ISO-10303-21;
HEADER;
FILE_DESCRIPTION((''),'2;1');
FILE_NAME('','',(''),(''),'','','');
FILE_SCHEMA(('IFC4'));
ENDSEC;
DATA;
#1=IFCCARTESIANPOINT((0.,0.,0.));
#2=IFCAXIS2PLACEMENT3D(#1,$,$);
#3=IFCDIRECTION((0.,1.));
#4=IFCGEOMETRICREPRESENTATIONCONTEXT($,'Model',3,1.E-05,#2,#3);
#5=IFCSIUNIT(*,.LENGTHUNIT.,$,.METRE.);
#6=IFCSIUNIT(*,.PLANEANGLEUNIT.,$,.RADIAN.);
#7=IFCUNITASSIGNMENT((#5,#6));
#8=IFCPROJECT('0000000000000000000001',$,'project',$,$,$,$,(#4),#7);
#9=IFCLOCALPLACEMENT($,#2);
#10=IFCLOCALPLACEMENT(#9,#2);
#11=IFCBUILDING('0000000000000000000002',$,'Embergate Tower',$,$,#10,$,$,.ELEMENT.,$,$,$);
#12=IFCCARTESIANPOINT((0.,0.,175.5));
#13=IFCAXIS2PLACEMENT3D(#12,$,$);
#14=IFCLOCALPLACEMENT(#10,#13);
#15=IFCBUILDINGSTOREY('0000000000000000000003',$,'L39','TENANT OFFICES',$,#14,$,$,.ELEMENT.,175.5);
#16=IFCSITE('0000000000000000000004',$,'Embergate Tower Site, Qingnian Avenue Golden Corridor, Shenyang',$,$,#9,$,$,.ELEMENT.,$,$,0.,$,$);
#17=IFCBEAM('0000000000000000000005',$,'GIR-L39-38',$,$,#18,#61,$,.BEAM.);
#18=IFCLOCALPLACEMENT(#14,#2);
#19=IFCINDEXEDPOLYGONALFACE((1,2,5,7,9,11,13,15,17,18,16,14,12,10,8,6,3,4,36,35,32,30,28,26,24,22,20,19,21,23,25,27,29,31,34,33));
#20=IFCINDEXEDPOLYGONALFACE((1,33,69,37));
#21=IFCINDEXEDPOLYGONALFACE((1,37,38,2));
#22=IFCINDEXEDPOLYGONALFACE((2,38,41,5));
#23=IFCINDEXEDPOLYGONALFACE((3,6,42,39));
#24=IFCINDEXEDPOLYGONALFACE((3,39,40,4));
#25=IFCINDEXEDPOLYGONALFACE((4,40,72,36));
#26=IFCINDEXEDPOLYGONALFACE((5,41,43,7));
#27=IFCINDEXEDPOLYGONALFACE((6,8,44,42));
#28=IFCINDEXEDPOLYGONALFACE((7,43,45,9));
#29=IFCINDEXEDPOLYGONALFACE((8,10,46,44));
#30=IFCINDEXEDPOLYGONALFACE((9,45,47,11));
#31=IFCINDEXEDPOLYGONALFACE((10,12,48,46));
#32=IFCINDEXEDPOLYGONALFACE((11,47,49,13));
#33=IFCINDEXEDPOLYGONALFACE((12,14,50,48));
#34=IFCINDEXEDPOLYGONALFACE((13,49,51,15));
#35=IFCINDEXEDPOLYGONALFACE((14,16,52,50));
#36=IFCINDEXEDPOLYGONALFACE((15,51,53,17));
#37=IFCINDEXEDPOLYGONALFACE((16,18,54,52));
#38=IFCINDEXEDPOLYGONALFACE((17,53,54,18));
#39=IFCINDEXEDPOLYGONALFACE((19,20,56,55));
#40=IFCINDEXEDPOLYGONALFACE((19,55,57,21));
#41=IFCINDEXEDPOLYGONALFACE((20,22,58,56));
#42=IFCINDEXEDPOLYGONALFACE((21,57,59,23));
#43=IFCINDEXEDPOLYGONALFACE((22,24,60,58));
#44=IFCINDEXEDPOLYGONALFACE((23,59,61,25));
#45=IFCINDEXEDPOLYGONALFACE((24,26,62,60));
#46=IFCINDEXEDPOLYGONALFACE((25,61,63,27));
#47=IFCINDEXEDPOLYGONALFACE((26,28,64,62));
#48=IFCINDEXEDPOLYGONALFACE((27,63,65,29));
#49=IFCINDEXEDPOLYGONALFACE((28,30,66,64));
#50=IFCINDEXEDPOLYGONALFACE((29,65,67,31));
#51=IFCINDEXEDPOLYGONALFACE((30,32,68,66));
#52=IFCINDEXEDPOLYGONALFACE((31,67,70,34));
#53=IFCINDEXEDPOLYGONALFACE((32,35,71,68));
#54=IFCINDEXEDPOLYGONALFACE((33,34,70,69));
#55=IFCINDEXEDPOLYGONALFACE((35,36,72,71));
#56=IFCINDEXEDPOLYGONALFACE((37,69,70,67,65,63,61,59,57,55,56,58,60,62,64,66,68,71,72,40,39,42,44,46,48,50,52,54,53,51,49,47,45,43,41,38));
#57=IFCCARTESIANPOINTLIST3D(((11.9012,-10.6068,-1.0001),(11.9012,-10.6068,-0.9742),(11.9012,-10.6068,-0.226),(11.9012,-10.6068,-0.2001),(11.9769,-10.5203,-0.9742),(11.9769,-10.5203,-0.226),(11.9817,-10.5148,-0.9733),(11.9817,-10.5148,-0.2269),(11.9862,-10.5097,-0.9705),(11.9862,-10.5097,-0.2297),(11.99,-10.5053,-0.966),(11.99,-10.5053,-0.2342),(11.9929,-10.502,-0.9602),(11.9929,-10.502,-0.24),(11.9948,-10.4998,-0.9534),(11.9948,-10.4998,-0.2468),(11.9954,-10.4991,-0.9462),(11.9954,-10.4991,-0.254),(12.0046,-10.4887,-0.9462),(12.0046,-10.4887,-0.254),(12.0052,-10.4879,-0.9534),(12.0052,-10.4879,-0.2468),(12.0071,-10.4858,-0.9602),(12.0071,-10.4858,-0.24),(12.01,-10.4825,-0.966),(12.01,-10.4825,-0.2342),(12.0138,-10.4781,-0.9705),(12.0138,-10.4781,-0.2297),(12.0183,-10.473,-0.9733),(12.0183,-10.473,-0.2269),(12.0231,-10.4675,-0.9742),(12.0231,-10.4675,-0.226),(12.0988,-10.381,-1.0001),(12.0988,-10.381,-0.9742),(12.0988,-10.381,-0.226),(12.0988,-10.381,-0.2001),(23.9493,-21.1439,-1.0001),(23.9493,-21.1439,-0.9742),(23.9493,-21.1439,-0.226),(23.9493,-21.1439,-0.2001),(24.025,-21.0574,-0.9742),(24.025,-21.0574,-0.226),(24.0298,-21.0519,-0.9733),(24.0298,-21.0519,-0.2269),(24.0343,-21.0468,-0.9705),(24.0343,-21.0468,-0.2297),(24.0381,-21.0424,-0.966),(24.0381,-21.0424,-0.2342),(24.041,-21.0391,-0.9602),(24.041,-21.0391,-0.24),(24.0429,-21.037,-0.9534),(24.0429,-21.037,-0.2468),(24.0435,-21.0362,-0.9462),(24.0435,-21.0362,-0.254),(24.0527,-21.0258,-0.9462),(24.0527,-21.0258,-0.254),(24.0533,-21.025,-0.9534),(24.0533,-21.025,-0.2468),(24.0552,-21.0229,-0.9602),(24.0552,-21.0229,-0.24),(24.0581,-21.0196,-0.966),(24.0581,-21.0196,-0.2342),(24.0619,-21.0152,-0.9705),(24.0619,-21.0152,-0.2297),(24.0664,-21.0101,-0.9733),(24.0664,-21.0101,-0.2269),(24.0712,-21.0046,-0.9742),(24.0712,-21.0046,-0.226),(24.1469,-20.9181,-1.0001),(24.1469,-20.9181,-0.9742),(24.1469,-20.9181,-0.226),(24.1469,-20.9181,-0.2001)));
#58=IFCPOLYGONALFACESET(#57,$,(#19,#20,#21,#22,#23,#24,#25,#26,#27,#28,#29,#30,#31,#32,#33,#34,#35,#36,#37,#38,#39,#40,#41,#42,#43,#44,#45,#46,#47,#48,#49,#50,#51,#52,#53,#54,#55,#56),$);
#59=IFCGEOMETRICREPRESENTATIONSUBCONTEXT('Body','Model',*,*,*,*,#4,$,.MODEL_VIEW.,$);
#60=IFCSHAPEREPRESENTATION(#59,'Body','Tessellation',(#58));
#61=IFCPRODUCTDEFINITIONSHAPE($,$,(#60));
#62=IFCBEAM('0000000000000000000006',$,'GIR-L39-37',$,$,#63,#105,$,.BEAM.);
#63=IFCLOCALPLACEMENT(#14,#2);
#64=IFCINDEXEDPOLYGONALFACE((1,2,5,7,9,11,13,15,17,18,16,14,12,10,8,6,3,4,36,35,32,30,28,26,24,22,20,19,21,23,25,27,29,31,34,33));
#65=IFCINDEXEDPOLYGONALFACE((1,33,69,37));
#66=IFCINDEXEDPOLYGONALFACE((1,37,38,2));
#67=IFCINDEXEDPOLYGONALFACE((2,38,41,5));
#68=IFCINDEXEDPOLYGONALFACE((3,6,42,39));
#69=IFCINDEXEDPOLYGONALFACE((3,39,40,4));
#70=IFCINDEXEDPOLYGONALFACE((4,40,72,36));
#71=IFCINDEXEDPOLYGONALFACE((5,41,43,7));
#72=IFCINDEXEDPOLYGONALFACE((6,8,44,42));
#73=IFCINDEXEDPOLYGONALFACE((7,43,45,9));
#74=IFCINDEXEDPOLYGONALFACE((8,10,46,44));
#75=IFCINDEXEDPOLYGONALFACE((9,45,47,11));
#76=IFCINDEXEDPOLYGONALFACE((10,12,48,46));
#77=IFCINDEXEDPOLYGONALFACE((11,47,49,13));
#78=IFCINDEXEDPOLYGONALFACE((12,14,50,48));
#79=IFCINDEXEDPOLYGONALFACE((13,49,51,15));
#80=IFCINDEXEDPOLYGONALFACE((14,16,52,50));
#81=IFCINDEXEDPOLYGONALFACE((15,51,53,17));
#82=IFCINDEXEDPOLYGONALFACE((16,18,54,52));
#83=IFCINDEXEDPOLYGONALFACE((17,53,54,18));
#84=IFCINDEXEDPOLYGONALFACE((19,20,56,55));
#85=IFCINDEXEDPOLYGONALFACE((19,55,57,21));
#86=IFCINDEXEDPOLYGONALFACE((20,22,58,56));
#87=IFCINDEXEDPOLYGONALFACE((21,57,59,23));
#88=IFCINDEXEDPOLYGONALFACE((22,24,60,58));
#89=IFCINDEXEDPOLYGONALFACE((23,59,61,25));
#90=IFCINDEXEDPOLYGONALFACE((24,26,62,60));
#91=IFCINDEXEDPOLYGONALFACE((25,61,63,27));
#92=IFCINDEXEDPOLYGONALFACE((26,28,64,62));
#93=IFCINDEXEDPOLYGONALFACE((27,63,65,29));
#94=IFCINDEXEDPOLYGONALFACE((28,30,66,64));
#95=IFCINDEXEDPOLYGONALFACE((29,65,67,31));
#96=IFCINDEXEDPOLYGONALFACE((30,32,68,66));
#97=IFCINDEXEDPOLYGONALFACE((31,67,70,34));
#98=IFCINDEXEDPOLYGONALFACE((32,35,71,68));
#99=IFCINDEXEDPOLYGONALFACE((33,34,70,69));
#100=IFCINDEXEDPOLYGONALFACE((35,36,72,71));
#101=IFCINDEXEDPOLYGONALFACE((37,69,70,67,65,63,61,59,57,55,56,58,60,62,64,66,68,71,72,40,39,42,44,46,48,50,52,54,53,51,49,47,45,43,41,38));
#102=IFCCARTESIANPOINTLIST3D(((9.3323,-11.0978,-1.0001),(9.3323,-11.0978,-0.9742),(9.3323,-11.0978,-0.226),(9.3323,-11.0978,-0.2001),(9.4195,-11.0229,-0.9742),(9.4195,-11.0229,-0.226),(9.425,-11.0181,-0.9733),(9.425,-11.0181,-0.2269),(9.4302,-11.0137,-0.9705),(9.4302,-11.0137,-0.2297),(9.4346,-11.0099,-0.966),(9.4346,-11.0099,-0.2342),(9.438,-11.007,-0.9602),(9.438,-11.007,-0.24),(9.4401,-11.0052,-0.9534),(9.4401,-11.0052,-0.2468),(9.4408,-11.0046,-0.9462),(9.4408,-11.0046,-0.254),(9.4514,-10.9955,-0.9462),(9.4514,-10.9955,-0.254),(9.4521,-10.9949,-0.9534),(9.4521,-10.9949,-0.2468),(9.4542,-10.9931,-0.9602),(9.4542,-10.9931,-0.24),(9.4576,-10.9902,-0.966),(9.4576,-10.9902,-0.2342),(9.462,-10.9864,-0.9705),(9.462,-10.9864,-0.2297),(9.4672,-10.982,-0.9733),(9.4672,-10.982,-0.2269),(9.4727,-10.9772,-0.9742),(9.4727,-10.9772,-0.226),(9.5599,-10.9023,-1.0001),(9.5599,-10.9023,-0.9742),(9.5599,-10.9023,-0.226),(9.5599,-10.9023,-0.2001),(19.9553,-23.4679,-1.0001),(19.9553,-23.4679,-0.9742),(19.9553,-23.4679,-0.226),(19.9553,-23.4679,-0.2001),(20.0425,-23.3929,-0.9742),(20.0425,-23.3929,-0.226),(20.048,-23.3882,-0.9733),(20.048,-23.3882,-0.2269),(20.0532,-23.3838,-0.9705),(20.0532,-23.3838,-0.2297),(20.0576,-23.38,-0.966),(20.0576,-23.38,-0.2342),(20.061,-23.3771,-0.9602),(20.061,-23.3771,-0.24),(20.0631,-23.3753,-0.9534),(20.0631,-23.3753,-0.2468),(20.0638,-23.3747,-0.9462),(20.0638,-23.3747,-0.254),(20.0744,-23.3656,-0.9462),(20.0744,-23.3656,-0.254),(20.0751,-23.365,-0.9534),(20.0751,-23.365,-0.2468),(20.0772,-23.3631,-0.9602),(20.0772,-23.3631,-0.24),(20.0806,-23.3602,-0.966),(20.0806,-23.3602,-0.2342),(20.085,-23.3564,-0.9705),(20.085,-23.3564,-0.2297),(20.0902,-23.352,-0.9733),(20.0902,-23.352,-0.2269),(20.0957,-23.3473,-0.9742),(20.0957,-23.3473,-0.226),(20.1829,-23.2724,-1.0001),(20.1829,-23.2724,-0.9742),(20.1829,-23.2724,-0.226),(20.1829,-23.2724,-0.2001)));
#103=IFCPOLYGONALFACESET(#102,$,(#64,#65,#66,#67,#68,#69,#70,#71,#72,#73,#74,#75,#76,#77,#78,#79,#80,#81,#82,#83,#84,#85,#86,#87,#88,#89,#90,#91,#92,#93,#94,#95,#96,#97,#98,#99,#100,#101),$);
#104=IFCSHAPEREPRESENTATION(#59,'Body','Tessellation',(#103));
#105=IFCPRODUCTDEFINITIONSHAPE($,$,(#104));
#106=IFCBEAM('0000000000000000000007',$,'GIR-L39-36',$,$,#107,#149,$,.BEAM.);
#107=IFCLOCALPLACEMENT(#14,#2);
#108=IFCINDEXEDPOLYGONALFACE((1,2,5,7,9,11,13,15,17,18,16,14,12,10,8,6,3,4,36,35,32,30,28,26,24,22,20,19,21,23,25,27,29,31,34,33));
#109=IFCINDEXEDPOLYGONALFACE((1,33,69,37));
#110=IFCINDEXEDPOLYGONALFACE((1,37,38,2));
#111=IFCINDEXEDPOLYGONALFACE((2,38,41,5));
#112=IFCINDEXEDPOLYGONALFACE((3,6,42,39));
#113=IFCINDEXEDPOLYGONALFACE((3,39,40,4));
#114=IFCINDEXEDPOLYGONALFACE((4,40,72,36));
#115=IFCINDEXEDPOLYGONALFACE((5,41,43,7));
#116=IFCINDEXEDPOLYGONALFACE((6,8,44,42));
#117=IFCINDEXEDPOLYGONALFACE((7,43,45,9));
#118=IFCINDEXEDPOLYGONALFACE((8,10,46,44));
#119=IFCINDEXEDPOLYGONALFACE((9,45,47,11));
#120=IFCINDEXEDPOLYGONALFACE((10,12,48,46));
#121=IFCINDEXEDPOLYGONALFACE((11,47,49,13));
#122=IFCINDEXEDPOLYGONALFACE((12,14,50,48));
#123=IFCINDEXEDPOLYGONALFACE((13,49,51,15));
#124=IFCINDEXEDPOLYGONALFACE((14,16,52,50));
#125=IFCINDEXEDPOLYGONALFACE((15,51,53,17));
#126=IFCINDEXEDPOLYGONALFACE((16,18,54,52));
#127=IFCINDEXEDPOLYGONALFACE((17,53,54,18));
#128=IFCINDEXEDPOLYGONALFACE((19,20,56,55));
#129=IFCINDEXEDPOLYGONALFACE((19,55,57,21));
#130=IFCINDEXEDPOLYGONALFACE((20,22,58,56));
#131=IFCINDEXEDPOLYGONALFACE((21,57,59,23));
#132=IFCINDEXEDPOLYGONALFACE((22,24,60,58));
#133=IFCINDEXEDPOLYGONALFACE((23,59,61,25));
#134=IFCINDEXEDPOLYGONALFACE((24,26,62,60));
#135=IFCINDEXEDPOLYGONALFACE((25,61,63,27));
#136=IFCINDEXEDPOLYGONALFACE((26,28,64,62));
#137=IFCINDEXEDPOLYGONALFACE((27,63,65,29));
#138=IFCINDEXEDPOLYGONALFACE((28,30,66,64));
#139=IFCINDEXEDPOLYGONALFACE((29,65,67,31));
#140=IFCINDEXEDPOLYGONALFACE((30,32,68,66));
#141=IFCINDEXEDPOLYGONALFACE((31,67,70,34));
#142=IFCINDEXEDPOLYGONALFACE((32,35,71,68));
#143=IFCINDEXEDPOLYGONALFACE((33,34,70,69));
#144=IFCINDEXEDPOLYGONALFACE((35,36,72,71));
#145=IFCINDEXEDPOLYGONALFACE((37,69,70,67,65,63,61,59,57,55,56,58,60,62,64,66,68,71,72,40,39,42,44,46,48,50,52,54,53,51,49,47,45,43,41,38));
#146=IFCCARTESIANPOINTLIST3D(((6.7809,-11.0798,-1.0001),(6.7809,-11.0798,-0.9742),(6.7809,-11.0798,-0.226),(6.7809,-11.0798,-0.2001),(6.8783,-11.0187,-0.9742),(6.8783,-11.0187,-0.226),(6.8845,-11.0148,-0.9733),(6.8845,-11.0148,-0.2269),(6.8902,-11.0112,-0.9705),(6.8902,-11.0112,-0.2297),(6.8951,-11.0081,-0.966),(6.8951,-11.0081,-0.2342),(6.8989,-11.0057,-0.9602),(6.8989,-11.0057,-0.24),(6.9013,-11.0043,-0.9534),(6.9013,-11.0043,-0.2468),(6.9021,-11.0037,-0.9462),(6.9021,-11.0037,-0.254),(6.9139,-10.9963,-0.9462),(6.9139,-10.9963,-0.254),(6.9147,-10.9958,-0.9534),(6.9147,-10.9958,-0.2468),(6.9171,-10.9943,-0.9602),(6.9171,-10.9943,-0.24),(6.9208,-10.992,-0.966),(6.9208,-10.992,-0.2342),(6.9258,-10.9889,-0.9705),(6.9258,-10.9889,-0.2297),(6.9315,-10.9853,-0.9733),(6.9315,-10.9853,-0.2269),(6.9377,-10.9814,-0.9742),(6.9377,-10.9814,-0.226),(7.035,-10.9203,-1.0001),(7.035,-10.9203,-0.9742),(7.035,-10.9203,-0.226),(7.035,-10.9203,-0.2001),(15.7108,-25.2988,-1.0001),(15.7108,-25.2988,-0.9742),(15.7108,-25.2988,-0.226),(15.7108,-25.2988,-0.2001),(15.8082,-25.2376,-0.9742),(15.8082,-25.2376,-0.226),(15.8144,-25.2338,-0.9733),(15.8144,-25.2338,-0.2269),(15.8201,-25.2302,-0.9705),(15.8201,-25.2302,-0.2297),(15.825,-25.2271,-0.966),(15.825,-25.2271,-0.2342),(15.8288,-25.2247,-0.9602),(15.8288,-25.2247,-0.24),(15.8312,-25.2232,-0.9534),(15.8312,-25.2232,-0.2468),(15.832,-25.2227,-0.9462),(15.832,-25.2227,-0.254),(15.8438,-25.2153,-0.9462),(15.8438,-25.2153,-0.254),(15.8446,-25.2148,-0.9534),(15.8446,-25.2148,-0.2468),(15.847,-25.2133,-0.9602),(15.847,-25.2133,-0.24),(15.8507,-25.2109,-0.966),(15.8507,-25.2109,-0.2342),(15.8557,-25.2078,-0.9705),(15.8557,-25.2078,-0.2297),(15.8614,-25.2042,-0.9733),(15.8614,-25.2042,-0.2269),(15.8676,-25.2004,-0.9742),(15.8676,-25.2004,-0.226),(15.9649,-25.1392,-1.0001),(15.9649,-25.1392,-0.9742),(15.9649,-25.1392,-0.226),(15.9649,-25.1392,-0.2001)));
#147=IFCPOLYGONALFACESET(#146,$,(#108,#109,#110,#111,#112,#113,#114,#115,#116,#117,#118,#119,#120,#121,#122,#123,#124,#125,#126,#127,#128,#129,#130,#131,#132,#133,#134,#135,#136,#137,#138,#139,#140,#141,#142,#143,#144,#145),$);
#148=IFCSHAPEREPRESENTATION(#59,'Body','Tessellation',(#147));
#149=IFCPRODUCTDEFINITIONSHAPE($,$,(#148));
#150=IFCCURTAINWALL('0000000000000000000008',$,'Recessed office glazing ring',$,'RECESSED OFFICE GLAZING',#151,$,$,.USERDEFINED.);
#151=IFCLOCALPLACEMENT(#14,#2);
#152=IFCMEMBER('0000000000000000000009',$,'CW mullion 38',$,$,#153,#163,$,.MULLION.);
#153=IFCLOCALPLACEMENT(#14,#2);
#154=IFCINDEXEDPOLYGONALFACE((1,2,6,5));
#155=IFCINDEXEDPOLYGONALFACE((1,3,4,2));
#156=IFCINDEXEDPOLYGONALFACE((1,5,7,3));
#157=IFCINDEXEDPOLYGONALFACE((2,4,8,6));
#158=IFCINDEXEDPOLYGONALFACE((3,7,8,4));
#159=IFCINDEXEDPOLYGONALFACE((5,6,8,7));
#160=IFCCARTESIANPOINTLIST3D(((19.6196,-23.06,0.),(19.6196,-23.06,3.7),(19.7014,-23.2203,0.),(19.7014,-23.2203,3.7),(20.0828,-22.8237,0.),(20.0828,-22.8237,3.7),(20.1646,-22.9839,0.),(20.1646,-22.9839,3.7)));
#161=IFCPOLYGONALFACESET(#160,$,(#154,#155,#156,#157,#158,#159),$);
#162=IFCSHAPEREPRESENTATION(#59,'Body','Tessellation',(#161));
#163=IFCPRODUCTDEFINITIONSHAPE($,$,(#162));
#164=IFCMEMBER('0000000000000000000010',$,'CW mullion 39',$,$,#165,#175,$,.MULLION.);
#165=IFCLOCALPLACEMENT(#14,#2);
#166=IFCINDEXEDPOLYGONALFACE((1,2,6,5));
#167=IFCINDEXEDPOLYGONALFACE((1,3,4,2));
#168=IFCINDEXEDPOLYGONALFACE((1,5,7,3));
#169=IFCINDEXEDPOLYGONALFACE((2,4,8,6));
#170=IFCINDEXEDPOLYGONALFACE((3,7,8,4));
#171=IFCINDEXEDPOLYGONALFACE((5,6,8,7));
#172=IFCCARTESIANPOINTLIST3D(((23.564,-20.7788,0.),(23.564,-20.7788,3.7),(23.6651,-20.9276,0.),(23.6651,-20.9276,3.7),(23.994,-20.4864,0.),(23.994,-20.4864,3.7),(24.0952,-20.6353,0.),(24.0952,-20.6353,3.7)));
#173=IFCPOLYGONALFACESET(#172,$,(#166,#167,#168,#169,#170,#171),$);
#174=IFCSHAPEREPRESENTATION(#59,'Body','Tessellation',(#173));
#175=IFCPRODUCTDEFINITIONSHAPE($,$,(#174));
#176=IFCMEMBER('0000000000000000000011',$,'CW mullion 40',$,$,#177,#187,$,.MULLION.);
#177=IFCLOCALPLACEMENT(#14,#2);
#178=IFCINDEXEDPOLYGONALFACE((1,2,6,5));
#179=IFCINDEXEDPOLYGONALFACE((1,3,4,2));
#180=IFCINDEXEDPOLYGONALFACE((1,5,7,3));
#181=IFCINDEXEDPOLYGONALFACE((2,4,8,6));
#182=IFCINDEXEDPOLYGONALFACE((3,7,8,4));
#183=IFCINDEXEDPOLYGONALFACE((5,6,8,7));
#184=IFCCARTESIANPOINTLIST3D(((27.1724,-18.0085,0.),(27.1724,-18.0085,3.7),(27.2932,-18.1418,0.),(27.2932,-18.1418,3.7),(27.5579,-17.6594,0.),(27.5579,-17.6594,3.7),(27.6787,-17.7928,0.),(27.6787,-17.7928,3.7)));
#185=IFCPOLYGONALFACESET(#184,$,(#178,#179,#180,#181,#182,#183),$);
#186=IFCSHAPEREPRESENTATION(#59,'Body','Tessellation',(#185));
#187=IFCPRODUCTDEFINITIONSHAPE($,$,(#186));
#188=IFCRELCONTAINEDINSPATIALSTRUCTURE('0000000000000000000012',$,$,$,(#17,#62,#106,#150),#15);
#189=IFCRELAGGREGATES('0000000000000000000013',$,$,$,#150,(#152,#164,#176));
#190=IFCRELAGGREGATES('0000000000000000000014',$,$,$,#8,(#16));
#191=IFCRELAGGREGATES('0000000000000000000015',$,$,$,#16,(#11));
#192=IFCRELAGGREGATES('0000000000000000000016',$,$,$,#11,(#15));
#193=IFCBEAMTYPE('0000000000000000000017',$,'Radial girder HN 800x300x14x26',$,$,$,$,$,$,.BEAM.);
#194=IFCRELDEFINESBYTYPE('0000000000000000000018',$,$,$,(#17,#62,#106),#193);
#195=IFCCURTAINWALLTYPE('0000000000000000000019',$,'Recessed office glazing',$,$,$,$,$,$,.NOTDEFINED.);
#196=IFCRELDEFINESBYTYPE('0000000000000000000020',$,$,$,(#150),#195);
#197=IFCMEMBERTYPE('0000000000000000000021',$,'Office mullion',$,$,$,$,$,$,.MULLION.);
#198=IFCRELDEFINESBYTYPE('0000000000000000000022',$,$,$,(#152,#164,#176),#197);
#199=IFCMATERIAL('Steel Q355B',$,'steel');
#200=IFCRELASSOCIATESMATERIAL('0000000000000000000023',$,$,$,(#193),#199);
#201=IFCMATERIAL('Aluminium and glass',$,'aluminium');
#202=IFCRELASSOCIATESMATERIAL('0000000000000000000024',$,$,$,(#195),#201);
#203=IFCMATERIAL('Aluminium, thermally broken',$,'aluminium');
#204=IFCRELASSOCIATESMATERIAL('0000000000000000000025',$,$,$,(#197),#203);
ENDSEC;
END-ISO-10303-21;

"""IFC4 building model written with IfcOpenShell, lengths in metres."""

from ifc_helpers import new_model, si_unit, direction, frame, origin, origin_2d, place, context, subcontext, project, spatial, rectangle, i_section, extrude, source, transform, mapped, material, material_profile, profile_set, type_object, element, aggregate, save


model = new_model("IFC4")

# Units and contexts
model_context = context("Model", 3, precision=1e-05, world=origin(), true_north=direction((0.0, 1.0)))
body_context = subcontext(model_context, "Body", "Model", "MODEL_VIEW")
ifc_project = project(units=[si_unit("LENGTHUNIT", "METRE"), si_unit("PLANEANGLEUNIT", "RADIAN")], contexts=[model_context])

# Site, building, storey
site_placement = place(None, origin())
site = spatial("IfcSite", under=ifc_project, at=site_placement, Name="Embergate Tower Site, Qingnian Avenue Golden Corridor, Shenyang", CompositionType="ELEMENT", RefElevation=0.0)
building_placement = place(site_placement, origin())
building = spatial("IfcBuilding", under=site, at=building_placement, Name="Embergate Tower", CompositionType="ELEMENT")
storey_placement = place(building_placement, frame((0.0, 0.0, 175.5)))
storey = spatial("IfcBuildingStorey", under=building, at=storey_placement, Name="L39", Description="TENANT OFFICES", CompositionType="ELEMENT", Elevation=175.5)

# Beams
ifc_material_1 = material(Name="Steel Q355B", Category="steel")
ifc_material_profile_1 = material_profile(ifc_material_1, i_section(OverallWidth=0.3, OverallDepth=0.8, WebThickness=0.0139, FlangeThickness=0.0259, FilletRadius=0.0281, at=origin_2d()), Name="HN 800x300x14x26")
ifc_profile_set_1 = profile_set([ifc_material_profile_1], Name="Steel Q355 grade B")
beam_type_1 = type_object("IfcBeamType", Name="Radial girder HN 800x300x14x26", PredefinedType="BEAM", material=ifc_profile_set_1)
shared_shape_1 = source(origin(), body_context, "Body", "SweptSolid", [
    extrude(i_section(OverallWidth=0.3, OverallDepth=0.8, WebThickness=0.0139, FlangeThickness=0.0259, FilletRadius=0.0281, at=origin_2d()), origin(), (0.0, 0.0, 1.0), 16.0059),
])
beam_1_placement = place(storey_placement, frame((24.0481, -21.031, -0.6001), z_axis=(-0.752731, 0.658329, 0.0), x_axis=(-0.658329, -0.752731, 0.0)))
element("IfcBeam", 1, at=beam_1_placement, inside=storey, type_object=beam_type_1, Name="GIR-L39-38", PredefinedType="BEAM", context=body_context, shape_type="MappedRepresentation", body=[
    mapped(shared_shape_1, transform((0.0, 0.0, 0.0))),
])
shared_shape_2 = source(origin(), body_context, "Body", "SweptSolid", [
    extrude(i_section(OverallWidth=0.3, OverallDepth=0.8, WebThickness=0.0139, FlangeThickness=0.0259, FilletRadius=0.0281, at=origin_2d()), origin(), (0.0, 0.0, 1.0), 16.3054),
])
beam_2_placement = place(storey_placement, frame((20.0691, -23.3701, -0.6001), z_axis=(-0.651501, 0.758647, 0.0), x_axis=(-0.758647, -0.651501, 0.0)))
element("IfcBeam", 2, at=beam_2_placement, inside=storey, type_object=beam_type_1, Name="GIR-L39-37", PredefinedType="BEAM", context=body_context, shape_type="MappedRepresentation", body=[
    mapped(shared_shape_2, transform((0.0, 0.0, 0.0))),
])
shared_shape_3 = source(origin(), body_context, "Body", "SweptSolid", [
    extrude(i_section(OverallWidth=0.3, OverallDepth=0.8, WebThickness=0.0139, FlangeThickness=0.0259, FilletRadius=0.0281, at=origin_2d()), origin(), (0.0, 0.0, 1.0), 16.7905),
])
beam_3_placement = place(storey_placement, frame((15.8379, -25.219, -0.6001), z_axis=(-0.531842, 0.846844, 0.0), x_axis=(-0.846844, -0.531842, 0.0)))
element("IfcBeam", 3, at=beam_3_placement, inside=storey, type_object=beam_type_1, Name="GIR-L39-36", PredefinedType="BEAM", context=body_context, shape_type="MappedRepresentation", body=[
    mapped(shared_shape_3, transform((0.0, 0.0, 0.0))),
])

# Curtain wall, members
ifc_material_2 = material(Name="Aluminium and glass", Category="aluminium")
curtain_wall_type = type_object("IfcCurtainWallType", Name="Recessed office glazing", PredefinedType="NOTDEFINED", material=ifc_material_2)
curtain_wall_placement = place(storey_placement, origin())
curtain_wall = element("IfcCurtainWall", 4, at=curtain_wall_placement, inside=storey, type_object=curtain_wall_type, Name="Recessed office glazing ring", ObjectType="RECESSED OFFICE GLAZING", PredefinedType="USERDEFINED")
ifc_material_3 = material(Name="Aluminium, thermally broken", Category="aluminium")
ifc_material_profile_2 = material_profile(ifc_material_3, rectangle(XDim=0.1799, YDim=0.52, at=origin_2d()), Name="AL 520x180")
ifc_profile_set_2 = profile_set([ifc_material_profile_2], Name="Aluminium, thermally broken")
member_type_1 = type_object("IfcMemberType", Name="Office mullion", PredefinedType="MULLION", material=ifc_profile_set_2)
shared_shape_4 = source(origin(), body_context, "Body", "SweptSolid", [
    extrude(rectangle(XDim=0.1799, YDim=0.52, at=origin_2d()), origin(), (0.0, 0.0, 1.0), 3.7),
])
member_1_placement = place(storey_placement, frame((19.8921, -23.022, 0.0), z_axis=(0.0, 0.0, 1.0), x_axis=(-0.454505, 0.890744, 0.0)))
member_1 = element("IfcMember", 5, at=member_1_placement, type_object=member_type_1, Name="CW mullion 38", PredefinedType="MULLION", context=body_context, shape_type="MappedRepresentation", body=[
    mapped(shared_shape_4, transform((0.0, 0.0, 0.0))),
])
member_2_placement = place(storey_placement, frame((23.8296, -20.707, 0.0), z_axis=(0.0, 0.0, 1.0), x_axis=(-0.56221, 0.826994, 0.0)))
member_2 = element("IfcMember", 6, at=member_2_placement, type_object=member_type_1, Name="CW mullion 39", PredefinedType="MULLION", context=body_context, shape_type="MappedRepresentation", body=[
    mapped(shared_shape_4, transform((0.0, 0.0, 0.0))),
])
member_3_placement = place(storey_placement, frame((27.4255, -17.9006, 0.0), z_axis=(0.0, 0.0, 1.0), x_axis=(-0.671221, 0.741257, 0.0)))
member_3 = element("IfcMember", 7, at=member_3_placement, type_object=member_type_1, Name="CW mullion 40", PredefinedType="MULLION", context=body_context, shape_type="MappedRepresentation", body=[
    mapped(shared_shape_4, transform((0.0, 0.0, 0.0))),
])
aggregate(curtain_wall, [member_1, member_2, member_3])

save(model, "model.ifc")
